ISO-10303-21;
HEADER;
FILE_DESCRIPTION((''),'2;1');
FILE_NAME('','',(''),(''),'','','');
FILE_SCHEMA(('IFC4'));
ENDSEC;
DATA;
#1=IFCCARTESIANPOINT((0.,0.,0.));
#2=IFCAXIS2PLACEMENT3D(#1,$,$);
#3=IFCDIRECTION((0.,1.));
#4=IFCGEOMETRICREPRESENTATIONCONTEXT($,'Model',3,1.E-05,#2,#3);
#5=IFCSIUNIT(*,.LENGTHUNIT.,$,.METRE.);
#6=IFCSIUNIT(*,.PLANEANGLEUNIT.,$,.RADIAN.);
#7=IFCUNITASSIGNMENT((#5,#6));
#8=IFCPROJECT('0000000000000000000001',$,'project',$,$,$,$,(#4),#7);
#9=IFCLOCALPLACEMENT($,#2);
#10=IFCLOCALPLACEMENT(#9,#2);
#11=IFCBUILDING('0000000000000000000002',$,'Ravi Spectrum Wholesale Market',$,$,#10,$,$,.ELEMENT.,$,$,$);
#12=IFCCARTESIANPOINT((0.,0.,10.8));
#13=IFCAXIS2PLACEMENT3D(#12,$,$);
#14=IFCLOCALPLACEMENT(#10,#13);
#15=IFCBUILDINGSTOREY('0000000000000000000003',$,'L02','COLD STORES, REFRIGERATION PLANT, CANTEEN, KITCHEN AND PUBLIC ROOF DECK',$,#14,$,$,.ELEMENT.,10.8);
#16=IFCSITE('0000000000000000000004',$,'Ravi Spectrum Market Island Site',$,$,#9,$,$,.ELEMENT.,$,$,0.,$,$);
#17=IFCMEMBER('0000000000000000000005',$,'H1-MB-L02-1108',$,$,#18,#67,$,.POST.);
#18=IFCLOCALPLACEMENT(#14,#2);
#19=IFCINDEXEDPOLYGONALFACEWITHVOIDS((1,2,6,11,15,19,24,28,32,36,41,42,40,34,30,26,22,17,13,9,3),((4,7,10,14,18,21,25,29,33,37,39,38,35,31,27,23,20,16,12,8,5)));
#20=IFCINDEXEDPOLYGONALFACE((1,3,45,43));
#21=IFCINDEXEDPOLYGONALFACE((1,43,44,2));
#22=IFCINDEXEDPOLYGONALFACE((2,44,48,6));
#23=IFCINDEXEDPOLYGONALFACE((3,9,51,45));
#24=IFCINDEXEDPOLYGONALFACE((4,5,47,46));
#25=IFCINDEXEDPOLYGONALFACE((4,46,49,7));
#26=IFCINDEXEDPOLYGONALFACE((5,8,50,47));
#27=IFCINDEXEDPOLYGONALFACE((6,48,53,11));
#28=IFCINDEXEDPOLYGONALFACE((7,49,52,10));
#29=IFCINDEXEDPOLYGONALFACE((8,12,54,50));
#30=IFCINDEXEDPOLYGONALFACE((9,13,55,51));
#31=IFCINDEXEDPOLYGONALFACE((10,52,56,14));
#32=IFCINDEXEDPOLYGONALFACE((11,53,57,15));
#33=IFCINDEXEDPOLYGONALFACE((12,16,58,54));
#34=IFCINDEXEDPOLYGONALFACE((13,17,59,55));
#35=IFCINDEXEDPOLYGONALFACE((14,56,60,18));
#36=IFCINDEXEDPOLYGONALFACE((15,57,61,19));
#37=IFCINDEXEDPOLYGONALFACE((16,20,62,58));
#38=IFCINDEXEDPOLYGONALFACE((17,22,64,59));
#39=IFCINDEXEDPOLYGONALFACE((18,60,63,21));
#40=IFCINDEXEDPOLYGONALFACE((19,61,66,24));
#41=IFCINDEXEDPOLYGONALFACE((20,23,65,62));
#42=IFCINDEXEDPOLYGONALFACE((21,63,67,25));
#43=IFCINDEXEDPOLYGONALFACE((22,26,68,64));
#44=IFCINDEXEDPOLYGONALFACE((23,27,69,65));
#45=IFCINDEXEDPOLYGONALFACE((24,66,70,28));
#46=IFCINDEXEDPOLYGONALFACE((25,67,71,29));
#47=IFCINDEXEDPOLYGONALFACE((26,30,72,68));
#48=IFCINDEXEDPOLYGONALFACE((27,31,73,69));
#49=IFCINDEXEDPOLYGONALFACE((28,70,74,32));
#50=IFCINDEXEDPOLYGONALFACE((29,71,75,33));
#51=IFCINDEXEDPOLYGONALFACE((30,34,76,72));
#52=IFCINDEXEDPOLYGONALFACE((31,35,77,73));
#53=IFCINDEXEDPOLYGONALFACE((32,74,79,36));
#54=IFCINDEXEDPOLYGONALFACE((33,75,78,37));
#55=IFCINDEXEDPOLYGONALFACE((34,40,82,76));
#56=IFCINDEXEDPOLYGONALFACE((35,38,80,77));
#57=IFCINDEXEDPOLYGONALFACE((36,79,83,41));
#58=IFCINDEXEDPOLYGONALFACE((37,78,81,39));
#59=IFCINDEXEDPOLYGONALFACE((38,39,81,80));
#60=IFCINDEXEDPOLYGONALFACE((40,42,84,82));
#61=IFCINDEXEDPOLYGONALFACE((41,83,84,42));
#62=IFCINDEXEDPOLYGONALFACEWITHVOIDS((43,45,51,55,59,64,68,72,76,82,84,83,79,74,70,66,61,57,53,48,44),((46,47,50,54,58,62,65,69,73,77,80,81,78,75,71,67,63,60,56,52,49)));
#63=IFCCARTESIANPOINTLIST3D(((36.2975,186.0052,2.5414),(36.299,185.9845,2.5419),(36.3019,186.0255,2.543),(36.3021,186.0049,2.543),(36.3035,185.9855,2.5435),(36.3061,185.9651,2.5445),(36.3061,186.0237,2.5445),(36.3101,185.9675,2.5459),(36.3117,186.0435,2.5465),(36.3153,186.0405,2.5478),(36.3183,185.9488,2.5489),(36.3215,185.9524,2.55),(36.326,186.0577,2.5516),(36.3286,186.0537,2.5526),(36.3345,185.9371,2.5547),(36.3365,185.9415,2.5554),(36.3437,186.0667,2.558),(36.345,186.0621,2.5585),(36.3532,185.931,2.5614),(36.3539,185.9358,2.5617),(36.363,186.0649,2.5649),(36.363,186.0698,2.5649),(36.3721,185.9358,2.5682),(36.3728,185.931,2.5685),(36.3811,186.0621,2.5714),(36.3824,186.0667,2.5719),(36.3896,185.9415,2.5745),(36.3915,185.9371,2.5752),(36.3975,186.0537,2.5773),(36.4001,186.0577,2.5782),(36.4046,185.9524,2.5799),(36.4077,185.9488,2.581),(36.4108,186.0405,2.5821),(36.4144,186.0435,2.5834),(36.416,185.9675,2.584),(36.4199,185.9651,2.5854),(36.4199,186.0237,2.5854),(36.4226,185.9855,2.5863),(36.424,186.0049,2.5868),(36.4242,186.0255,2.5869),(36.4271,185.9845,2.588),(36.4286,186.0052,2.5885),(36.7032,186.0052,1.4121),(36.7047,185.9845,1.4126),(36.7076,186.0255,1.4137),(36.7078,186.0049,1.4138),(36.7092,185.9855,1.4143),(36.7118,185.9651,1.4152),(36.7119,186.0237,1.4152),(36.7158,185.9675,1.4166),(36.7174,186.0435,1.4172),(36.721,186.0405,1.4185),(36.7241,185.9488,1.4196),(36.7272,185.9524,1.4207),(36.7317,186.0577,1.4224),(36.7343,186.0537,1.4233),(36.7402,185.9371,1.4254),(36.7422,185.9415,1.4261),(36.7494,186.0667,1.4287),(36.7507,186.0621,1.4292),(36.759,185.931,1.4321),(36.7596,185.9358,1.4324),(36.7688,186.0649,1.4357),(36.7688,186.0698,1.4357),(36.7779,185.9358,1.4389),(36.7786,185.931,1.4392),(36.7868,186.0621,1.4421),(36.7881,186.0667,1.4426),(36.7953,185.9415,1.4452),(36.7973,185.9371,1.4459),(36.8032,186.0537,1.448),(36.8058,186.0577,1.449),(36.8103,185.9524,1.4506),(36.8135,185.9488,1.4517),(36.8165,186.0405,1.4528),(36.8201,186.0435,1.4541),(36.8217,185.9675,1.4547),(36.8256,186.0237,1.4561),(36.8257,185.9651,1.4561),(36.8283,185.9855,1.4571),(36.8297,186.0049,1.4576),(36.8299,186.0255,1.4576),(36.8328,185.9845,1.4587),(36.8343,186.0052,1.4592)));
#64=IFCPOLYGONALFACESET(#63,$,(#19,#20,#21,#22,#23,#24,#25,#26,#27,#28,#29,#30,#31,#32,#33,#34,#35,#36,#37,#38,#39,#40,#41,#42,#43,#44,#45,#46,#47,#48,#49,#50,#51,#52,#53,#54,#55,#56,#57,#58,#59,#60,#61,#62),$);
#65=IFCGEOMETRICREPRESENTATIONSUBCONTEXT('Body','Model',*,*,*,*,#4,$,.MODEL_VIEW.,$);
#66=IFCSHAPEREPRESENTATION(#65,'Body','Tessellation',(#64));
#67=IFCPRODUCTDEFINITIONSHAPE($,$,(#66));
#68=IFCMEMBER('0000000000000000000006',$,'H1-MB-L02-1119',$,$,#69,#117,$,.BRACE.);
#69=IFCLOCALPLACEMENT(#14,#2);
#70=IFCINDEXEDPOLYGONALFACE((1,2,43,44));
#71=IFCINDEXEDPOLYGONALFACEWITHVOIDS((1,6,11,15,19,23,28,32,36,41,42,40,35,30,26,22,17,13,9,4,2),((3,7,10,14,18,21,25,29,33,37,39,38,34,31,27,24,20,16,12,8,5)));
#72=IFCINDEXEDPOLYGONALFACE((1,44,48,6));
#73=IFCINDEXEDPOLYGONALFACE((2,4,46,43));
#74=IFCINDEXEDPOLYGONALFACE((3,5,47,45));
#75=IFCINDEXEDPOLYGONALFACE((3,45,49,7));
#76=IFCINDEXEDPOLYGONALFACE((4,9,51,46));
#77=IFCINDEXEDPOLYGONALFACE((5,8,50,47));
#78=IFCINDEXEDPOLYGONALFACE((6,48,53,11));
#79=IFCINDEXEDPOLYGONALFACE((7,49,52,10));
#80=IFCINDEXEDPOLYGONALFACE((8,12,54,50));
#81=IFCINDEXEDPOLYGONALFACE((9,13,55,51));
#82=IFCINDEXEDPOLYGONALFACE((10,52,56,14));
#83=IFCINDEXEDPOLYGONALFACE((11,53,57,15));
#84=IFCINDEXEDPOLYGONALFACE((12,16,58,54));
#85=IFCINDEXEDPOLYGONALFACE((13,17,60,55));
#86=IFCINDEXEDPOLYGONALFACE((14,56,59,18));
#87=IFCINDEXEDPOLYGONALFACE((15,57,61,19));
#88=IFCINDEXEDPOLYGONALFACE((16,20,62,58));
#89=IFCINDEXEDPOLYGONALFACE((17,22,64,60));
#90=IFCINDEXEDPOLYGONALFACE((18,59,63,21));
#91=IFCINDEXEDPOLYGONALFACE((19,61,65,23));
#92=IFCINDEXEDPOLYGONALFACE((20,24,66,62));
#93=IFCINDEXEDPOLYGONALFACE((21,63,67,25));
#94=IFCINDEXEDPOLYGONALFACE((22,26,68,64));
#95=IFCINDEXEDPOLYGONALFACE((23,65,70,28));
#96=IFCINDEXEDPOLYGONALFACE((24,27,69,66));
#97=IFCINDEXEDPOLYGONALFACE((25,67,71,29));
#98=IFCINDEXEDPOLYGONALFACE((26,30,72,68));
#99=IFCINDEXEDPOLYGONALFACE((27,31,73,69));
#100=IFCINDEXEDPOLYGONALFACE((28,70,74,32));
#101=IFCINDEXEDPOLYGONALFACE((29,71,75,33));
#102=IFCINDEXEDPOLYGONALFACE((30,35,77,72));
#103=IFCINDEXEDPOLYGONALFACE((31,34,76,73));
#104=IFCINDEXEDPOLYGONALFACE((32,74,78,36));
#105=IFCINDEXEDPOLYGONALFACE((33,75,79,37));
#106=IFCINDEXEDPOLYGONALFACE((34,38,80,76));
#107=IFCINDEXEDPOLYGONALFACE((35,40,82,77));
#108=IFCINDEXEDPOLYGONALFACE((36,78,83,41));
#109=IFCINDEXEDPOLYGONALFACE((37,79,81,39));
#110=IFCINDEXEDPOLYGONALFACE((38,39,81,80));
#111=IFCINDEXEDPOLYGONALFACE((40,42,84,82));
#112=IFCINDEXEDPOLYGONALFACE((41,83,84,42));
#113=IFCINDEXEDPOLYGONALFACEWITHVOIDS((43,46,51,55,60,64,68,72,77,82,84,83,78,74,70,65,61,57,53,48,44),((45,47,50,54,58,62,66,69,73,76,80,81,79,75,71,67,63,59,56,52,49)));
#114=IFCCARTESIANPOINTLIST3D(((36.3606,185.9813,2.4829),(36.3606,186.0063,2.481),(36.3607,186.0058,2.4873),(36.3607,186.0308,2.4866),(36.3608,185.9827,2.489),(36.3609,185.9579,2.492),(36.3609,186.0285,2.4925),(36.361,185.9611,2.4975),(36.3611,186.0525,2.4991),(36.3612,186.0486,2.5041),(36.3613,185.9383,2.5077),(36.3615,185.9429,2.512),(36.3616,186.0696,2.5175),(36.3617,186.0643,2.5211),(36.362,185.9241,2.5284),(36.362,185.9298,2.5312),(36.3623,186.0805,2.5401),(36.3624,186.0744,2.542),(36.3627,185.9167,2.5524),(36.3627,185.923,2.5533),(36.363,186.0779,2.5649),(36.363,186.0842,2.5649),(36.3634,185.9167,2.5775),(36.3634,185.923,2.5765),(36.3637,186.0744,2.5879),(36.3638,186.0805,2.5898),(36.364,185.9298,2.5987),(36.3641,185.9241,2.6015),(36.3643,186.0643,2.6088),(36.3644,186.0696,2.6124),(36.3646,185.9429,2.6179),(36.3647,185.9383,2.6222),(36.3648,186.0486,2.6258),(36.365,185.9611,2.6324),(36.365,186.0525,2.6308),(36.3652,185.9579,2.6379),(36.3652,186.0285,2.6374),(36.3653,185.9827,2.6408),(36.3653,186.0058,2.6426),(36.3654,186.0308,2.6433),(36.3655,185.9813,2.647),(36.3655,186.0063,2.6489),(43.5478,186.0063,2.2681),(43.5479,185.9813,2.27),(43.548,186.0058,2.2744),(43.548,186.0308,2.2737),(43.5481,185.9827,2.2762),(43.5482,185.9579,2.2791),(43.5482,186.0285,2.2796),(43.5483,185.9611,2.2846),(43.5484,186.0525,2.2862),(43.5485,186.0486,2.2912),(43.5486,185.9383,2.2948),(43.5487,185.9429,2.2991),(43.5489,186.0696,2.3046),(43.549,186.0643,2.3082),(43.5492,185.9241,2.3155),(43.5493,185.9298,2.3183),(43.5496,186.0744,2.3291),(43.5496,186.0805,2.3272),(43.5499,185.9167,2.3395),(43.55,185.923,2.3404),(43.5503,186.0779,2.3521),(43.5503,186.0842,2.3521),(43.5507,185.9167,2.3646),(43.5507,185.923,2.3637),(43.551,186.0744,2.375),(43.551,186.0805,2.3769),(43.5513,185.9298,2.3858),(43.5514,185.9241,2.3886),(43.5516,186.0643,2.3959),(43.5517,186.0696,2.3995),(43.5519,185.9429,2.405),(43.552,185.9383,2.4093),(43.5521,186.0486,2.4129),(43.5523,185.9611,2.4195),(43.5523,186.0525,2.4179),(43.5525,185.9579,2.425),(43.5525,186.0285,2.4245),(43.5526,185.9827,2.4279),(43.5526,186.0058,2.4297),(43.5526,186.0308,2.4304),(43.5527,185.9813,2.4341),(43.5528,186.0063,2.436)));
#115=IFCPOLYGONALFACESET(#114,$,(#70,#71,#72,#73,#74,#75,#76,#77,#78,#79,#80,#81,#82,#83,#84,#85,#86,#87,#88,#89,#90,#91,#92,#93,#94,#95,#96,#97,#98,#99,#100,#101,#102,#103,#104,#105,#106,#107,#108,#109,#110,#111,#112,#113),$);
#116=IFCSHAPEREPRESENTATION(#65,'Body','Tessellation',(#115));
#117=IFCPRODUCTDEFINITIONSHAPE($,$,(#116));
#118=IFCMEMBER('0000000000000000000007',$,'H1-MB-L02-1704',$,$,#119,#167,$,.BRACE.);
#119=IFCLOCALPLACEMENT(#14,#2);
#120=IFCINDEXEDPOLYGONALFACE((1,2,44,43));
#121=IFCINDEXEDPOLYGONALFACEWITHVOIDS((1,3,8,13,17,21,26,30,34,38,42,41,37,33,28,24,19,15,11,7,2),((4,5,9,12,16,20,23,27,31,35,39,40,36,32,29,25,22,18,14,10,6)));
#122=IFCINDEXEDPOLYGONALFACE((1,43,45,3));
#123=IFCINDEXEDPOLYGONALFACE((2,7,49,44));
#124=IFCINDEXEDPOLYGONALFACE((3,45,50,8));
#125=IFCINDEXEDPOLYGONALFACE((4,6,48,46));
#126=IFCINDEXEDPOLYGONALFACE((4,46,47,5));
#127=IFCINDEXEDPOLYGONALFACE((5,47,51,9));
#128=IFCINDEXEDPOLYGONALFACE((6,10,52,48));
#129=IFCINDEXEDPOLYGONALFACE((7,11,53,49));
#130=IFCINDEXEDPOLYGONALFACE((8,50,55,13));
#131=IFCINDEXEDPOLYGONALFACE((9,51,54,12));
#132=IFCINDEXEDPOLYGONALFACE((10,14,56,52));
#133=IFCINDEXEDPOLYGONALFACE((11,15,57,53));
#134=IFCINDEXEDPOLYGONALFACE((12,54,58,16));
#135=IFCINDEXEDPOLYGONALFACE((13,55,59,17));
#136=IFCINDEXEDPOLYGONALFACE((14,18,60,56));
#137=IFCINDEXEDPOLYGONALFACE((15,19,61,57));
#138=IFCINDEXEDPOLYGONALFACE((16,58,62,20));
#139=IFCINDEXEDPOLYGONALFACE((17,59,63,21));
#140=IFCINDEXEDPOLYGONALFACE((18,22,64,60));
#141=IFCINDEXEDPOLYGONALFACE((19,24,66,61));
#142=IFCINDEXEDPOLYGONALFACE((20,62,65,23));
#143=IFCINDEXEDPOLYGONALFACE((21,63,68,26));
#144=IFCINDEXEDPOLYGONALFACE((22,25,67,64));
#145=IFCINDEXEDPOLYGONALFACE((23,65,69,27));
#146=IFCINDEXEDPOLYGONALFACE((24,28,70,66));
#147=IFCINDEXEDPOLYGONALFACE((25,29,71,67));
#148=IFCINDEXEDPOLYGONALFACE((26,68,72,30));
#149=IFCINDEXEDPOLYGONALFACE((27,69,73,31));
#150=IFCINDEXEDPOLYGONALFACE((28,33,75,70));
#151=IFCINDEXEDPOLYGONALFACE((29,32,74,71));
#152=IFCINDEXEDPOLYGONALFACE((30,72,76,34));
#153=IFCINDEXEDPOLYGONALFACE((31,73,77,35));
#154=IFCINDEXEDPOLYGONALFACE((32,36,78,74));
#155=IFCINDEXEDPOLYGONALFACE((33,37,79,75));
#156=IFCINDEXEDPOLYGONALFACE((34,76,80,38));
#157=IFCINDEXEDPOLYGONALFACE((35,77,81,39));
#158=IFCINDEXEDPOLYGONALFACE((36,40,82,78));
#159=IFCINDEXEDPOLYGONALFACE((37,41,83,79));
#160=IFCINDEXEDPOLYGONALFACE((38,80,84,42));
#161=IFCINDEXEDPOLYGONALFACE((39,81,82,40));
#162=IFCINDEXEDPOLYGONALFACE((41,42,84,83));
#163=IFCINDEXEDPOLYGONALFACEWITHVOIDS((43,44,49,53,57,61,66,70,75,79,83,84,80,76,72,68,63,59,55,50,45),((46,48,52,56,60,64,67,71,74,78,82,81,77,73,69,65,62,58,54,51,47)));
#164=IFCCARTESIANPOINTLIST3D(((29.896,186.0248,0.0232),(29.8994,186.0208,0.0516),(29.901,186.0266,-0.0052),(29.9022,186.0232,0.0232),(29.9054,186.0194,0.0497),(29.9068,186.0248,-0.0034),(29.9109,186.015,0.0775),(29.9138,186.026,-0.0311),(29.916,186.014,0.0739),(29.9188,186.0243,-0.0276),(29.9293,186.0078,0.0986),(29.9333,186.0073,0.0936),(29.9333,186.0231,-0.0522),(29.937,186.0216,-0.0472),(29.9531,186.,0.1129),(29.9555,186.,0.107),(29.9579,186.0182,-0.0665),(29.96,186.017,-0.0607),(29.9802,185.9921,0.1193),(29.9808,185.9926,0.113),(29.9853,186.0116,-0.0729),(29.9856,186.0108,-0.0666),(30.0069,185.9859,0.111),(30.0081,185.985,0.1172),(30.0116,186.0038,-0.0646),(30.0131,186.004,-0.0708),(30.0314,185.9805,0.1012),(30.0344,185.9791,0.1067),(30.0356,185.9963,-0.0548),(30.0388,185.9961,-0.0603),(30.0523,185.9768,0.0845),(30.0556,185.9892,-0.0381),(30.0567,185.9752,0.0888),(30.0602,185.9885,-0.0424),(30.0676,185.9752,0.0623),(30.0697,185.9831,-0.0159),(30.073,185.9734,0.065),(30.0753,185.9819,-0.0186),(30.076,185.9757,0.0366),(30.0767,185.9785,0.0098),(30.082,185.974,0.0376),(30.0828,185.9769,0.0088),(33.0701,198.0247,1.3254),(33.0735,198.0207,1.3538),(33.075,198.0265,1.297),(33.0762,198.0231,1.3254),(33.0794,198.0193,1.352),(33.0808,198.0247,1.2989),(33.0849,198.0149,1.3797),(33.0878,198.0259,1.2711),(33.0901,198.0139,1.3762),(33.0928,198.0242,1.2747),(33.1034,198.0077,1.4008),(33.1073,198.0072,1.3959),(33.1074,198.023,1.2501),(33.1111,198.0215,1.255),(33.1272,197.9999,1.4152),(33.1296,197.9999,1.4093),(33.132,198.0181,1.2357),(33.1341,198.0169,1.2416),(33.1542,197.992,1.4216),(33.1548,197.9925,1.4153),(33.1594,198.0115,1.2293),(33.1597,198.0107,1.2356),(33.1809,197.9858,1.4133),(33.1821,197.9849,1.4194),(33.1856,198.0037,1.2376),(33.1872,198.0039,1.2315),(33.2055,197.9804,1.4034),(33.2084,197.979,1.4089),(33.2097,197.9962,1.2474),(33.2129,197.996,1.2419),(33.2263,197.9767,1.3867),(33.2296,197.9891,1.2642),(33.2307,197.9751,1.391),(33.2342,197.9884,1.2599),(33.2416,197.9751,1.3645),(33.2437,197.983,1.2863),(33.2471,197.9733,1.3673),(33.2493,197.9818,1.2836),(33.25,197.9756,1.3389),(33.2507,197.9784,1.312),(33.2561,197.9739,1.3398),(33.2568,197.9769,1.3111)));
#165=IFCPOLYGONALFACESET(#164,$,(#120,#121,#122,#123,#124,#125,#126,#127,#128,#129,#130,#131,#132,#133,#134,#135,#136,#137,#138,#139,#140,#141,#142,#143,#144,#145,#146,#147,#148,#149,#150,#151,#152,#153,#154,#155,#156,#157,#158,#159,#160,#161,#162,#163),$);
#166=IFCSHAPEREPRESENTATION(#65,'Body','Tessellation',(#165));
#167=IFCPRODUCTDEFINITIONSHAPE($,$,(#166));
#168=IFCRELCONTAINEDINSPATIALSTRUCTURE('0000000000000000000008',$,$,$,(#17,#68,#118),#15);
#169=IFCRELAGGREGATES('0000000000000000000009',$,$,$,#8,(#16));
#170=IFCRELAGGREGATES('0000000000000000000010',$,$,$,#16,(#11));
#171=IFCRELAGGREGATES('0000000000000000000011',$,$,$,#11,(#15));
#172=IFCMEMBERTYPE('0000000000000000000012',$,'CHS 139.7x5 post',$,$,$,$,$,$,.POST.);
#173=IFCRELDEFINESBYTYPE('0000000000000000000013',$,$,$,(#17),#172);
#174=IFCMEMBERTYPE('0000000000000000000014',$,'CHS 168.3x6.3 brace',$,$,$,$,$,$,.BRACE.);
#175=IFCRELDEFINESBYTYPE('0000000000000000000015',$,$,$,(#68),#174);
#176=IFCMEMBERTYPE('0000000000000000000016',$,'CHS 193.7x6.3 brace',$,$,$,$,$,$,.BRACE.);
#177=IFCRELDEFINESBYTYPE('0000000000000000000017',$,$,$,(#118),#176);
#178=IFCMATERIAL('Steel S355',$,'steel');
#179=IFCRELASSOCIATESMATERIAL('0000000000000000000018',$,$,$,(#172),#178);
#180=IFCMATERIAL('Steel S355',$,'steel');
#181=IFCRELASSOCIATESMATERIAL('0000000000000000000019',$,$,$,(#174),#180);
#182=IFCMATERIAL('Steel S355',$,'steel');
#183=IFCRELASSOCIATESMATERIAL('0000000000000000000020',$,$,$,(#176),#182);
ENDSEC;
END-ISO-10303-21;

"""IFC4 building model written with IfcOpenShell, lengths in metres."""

from ifc_helpers import new_model, si_unit, direction, frame, origin, origin_2d, place, context, subcontext, project, spatial, hollow_circle, extrude, material, material_profile, profile_set, type_object, element, save


model = new_model("IFC4")

# Units and contexts
model_context = context("Model", 3, precision=1e-05, world=origin(), true_north=direction((0.0, 1.0)))
body_context = subcontext(model_context, "Body", "Model", "MODEL_VIEW")
ifc_project = project(units=[si_unit("LENGTHUNIT", "METRE"), si_unit("PLANEANGLEUNIT", "RADIAN")], contexts=[model_context])

# Site, building, storey
site_placement = place(None, origin())
site = spatial("IfcSite", under=ifc_project, at=site_placement, Name="Ravi Spectrum Market Island Site", CompositionType="ELEMENT", RefElevation=0.0)
building_placement = place(site_placement, origin())
building = spatial("IfcBuilding", under=site, at=building_placement, Name="Ravi Spectrum Wholesale Market", CompositionType="ELEMENT")
storey_placement = place(building_placement, frame((0.0, 0.0, 10.8)))
storey = spatial("IfcBuildingStorey", under=building, at=storey_placement, Name="L02", Description="COLD STORES, REFRIGERATION PLANT, CANTEEN, KITCHEN AND PUBLIC ROOF DECK", CompositionType="ELEMENT", Elevation=10.8)

# Members
ifc_material_1 = material(Name="Steel S355", Category="steel")
ifc_material_profile_1 = material_profile(ifc_material_1, hollow_circle(Radius=0.0698, WallThickness=0.0049, at=origin_2d()))
ifc_profile_set_1 = profile_set([ifc_material_profile_1], Name="Steel S355")
member_type_1 = type_object("IfcMemberType", Name="CHS 139.7x5 post", PredefinedType="POST", material=ifc_profile_set_1)
member_1_placement = place(storey_placement, frame((36.363, 186.0, 2.5649), z_axis=(0.338114, 0.0, -0.941105), x_axis=(0.0, 1.0, 0.0)))
element("IfcMember", 1, at=member_1_placement, inside=storey, type_object=member_type_1, Name="H1-MB-L02-1108", PredefinedType="POST", context=body_context, shape_type="SweptSolid", body=[
    extrude(hollow_circle(Radius=0.0698, WallThickness=0.0049, at=origin_2d()), origin(), (0.0, 0.0, 1.0), 1.2),
])
ifc_material_2 = material(Name="Steel S355", Category="steel")
ifc_material_profile_2 = material_profile(ifc_material_2, hollow_circle(Radius=0.0842, WallThickness=0.0063, at=origin_2d()))
ifc_profile_set_2 = profile_set([ifc_material_profile_2], Name="Steel S355")
member_type_2 = type_object("IfcMemberType", Name="CHS 168.3x6.3 brace", PredefinedType="BRACE", material=ifc_profile_set_2)
member_2_placement = place(storey_placement, frame((36.363, 186.0, 2.5649), z_axis=(0.999562, 0.0, -0.029608), x_axis=(0.0, 1.0, 0.0)))
element("IfcMember", 2, at=member_2_placement, inside=storey, type_object=member_type_2, Name="H1-MB-L02-1119", PredefinedType="BRACE", context=body_context, shape_type="SweptSolid", body=[
    extrude(hollow_circle(Radius=0.0842, WallThickness=0.0063, at=origin_2d()), origin(), (0.0, 0.0, 1.0), 7.1904),
])
ifc_material_3 = material(Name="Steel S355", Category="steel")
ifc_material_profile_3 = material_profile(ifc_material_3, hollow_circle(Radius=0.0969, WallThickness=0.0063, at=origin_2d()))
ifc_profile_set_3 = profile_set([ifc_material_profile_3], Name="Steel S355")
member_type_3 = type_object("IfcMemberType", Name="CHS 193.7x6.3 brace", PredefinedType="BRACE", material=ifc_profile_set_3)
for number, where, z_axis, x_axis, name in (
    (3, (29.9897, 186.0, 0.0232), (0.254316, 0.961476, 0.10434), (-0.966753, 0.255712, 0.0), "H1-MB-L02-1704"),
):
    element("IfcMember", number, at=place(storey_placement, frame(where, z_axis=z_axis, x_axis=x_axis)), inside=storey, type_object=member_type_3, Name=name, PredefinedType="BRACE", context=body_context, shape_type="SweptSolid", body=[
        extrude(hollow_circle(Radius=0.0969, WallThickness=0.0063, at=origin_2d()), origin(), (0.0, 0.0, 1.0), 12.4807),
    ])

save(model, "model.ifc")
